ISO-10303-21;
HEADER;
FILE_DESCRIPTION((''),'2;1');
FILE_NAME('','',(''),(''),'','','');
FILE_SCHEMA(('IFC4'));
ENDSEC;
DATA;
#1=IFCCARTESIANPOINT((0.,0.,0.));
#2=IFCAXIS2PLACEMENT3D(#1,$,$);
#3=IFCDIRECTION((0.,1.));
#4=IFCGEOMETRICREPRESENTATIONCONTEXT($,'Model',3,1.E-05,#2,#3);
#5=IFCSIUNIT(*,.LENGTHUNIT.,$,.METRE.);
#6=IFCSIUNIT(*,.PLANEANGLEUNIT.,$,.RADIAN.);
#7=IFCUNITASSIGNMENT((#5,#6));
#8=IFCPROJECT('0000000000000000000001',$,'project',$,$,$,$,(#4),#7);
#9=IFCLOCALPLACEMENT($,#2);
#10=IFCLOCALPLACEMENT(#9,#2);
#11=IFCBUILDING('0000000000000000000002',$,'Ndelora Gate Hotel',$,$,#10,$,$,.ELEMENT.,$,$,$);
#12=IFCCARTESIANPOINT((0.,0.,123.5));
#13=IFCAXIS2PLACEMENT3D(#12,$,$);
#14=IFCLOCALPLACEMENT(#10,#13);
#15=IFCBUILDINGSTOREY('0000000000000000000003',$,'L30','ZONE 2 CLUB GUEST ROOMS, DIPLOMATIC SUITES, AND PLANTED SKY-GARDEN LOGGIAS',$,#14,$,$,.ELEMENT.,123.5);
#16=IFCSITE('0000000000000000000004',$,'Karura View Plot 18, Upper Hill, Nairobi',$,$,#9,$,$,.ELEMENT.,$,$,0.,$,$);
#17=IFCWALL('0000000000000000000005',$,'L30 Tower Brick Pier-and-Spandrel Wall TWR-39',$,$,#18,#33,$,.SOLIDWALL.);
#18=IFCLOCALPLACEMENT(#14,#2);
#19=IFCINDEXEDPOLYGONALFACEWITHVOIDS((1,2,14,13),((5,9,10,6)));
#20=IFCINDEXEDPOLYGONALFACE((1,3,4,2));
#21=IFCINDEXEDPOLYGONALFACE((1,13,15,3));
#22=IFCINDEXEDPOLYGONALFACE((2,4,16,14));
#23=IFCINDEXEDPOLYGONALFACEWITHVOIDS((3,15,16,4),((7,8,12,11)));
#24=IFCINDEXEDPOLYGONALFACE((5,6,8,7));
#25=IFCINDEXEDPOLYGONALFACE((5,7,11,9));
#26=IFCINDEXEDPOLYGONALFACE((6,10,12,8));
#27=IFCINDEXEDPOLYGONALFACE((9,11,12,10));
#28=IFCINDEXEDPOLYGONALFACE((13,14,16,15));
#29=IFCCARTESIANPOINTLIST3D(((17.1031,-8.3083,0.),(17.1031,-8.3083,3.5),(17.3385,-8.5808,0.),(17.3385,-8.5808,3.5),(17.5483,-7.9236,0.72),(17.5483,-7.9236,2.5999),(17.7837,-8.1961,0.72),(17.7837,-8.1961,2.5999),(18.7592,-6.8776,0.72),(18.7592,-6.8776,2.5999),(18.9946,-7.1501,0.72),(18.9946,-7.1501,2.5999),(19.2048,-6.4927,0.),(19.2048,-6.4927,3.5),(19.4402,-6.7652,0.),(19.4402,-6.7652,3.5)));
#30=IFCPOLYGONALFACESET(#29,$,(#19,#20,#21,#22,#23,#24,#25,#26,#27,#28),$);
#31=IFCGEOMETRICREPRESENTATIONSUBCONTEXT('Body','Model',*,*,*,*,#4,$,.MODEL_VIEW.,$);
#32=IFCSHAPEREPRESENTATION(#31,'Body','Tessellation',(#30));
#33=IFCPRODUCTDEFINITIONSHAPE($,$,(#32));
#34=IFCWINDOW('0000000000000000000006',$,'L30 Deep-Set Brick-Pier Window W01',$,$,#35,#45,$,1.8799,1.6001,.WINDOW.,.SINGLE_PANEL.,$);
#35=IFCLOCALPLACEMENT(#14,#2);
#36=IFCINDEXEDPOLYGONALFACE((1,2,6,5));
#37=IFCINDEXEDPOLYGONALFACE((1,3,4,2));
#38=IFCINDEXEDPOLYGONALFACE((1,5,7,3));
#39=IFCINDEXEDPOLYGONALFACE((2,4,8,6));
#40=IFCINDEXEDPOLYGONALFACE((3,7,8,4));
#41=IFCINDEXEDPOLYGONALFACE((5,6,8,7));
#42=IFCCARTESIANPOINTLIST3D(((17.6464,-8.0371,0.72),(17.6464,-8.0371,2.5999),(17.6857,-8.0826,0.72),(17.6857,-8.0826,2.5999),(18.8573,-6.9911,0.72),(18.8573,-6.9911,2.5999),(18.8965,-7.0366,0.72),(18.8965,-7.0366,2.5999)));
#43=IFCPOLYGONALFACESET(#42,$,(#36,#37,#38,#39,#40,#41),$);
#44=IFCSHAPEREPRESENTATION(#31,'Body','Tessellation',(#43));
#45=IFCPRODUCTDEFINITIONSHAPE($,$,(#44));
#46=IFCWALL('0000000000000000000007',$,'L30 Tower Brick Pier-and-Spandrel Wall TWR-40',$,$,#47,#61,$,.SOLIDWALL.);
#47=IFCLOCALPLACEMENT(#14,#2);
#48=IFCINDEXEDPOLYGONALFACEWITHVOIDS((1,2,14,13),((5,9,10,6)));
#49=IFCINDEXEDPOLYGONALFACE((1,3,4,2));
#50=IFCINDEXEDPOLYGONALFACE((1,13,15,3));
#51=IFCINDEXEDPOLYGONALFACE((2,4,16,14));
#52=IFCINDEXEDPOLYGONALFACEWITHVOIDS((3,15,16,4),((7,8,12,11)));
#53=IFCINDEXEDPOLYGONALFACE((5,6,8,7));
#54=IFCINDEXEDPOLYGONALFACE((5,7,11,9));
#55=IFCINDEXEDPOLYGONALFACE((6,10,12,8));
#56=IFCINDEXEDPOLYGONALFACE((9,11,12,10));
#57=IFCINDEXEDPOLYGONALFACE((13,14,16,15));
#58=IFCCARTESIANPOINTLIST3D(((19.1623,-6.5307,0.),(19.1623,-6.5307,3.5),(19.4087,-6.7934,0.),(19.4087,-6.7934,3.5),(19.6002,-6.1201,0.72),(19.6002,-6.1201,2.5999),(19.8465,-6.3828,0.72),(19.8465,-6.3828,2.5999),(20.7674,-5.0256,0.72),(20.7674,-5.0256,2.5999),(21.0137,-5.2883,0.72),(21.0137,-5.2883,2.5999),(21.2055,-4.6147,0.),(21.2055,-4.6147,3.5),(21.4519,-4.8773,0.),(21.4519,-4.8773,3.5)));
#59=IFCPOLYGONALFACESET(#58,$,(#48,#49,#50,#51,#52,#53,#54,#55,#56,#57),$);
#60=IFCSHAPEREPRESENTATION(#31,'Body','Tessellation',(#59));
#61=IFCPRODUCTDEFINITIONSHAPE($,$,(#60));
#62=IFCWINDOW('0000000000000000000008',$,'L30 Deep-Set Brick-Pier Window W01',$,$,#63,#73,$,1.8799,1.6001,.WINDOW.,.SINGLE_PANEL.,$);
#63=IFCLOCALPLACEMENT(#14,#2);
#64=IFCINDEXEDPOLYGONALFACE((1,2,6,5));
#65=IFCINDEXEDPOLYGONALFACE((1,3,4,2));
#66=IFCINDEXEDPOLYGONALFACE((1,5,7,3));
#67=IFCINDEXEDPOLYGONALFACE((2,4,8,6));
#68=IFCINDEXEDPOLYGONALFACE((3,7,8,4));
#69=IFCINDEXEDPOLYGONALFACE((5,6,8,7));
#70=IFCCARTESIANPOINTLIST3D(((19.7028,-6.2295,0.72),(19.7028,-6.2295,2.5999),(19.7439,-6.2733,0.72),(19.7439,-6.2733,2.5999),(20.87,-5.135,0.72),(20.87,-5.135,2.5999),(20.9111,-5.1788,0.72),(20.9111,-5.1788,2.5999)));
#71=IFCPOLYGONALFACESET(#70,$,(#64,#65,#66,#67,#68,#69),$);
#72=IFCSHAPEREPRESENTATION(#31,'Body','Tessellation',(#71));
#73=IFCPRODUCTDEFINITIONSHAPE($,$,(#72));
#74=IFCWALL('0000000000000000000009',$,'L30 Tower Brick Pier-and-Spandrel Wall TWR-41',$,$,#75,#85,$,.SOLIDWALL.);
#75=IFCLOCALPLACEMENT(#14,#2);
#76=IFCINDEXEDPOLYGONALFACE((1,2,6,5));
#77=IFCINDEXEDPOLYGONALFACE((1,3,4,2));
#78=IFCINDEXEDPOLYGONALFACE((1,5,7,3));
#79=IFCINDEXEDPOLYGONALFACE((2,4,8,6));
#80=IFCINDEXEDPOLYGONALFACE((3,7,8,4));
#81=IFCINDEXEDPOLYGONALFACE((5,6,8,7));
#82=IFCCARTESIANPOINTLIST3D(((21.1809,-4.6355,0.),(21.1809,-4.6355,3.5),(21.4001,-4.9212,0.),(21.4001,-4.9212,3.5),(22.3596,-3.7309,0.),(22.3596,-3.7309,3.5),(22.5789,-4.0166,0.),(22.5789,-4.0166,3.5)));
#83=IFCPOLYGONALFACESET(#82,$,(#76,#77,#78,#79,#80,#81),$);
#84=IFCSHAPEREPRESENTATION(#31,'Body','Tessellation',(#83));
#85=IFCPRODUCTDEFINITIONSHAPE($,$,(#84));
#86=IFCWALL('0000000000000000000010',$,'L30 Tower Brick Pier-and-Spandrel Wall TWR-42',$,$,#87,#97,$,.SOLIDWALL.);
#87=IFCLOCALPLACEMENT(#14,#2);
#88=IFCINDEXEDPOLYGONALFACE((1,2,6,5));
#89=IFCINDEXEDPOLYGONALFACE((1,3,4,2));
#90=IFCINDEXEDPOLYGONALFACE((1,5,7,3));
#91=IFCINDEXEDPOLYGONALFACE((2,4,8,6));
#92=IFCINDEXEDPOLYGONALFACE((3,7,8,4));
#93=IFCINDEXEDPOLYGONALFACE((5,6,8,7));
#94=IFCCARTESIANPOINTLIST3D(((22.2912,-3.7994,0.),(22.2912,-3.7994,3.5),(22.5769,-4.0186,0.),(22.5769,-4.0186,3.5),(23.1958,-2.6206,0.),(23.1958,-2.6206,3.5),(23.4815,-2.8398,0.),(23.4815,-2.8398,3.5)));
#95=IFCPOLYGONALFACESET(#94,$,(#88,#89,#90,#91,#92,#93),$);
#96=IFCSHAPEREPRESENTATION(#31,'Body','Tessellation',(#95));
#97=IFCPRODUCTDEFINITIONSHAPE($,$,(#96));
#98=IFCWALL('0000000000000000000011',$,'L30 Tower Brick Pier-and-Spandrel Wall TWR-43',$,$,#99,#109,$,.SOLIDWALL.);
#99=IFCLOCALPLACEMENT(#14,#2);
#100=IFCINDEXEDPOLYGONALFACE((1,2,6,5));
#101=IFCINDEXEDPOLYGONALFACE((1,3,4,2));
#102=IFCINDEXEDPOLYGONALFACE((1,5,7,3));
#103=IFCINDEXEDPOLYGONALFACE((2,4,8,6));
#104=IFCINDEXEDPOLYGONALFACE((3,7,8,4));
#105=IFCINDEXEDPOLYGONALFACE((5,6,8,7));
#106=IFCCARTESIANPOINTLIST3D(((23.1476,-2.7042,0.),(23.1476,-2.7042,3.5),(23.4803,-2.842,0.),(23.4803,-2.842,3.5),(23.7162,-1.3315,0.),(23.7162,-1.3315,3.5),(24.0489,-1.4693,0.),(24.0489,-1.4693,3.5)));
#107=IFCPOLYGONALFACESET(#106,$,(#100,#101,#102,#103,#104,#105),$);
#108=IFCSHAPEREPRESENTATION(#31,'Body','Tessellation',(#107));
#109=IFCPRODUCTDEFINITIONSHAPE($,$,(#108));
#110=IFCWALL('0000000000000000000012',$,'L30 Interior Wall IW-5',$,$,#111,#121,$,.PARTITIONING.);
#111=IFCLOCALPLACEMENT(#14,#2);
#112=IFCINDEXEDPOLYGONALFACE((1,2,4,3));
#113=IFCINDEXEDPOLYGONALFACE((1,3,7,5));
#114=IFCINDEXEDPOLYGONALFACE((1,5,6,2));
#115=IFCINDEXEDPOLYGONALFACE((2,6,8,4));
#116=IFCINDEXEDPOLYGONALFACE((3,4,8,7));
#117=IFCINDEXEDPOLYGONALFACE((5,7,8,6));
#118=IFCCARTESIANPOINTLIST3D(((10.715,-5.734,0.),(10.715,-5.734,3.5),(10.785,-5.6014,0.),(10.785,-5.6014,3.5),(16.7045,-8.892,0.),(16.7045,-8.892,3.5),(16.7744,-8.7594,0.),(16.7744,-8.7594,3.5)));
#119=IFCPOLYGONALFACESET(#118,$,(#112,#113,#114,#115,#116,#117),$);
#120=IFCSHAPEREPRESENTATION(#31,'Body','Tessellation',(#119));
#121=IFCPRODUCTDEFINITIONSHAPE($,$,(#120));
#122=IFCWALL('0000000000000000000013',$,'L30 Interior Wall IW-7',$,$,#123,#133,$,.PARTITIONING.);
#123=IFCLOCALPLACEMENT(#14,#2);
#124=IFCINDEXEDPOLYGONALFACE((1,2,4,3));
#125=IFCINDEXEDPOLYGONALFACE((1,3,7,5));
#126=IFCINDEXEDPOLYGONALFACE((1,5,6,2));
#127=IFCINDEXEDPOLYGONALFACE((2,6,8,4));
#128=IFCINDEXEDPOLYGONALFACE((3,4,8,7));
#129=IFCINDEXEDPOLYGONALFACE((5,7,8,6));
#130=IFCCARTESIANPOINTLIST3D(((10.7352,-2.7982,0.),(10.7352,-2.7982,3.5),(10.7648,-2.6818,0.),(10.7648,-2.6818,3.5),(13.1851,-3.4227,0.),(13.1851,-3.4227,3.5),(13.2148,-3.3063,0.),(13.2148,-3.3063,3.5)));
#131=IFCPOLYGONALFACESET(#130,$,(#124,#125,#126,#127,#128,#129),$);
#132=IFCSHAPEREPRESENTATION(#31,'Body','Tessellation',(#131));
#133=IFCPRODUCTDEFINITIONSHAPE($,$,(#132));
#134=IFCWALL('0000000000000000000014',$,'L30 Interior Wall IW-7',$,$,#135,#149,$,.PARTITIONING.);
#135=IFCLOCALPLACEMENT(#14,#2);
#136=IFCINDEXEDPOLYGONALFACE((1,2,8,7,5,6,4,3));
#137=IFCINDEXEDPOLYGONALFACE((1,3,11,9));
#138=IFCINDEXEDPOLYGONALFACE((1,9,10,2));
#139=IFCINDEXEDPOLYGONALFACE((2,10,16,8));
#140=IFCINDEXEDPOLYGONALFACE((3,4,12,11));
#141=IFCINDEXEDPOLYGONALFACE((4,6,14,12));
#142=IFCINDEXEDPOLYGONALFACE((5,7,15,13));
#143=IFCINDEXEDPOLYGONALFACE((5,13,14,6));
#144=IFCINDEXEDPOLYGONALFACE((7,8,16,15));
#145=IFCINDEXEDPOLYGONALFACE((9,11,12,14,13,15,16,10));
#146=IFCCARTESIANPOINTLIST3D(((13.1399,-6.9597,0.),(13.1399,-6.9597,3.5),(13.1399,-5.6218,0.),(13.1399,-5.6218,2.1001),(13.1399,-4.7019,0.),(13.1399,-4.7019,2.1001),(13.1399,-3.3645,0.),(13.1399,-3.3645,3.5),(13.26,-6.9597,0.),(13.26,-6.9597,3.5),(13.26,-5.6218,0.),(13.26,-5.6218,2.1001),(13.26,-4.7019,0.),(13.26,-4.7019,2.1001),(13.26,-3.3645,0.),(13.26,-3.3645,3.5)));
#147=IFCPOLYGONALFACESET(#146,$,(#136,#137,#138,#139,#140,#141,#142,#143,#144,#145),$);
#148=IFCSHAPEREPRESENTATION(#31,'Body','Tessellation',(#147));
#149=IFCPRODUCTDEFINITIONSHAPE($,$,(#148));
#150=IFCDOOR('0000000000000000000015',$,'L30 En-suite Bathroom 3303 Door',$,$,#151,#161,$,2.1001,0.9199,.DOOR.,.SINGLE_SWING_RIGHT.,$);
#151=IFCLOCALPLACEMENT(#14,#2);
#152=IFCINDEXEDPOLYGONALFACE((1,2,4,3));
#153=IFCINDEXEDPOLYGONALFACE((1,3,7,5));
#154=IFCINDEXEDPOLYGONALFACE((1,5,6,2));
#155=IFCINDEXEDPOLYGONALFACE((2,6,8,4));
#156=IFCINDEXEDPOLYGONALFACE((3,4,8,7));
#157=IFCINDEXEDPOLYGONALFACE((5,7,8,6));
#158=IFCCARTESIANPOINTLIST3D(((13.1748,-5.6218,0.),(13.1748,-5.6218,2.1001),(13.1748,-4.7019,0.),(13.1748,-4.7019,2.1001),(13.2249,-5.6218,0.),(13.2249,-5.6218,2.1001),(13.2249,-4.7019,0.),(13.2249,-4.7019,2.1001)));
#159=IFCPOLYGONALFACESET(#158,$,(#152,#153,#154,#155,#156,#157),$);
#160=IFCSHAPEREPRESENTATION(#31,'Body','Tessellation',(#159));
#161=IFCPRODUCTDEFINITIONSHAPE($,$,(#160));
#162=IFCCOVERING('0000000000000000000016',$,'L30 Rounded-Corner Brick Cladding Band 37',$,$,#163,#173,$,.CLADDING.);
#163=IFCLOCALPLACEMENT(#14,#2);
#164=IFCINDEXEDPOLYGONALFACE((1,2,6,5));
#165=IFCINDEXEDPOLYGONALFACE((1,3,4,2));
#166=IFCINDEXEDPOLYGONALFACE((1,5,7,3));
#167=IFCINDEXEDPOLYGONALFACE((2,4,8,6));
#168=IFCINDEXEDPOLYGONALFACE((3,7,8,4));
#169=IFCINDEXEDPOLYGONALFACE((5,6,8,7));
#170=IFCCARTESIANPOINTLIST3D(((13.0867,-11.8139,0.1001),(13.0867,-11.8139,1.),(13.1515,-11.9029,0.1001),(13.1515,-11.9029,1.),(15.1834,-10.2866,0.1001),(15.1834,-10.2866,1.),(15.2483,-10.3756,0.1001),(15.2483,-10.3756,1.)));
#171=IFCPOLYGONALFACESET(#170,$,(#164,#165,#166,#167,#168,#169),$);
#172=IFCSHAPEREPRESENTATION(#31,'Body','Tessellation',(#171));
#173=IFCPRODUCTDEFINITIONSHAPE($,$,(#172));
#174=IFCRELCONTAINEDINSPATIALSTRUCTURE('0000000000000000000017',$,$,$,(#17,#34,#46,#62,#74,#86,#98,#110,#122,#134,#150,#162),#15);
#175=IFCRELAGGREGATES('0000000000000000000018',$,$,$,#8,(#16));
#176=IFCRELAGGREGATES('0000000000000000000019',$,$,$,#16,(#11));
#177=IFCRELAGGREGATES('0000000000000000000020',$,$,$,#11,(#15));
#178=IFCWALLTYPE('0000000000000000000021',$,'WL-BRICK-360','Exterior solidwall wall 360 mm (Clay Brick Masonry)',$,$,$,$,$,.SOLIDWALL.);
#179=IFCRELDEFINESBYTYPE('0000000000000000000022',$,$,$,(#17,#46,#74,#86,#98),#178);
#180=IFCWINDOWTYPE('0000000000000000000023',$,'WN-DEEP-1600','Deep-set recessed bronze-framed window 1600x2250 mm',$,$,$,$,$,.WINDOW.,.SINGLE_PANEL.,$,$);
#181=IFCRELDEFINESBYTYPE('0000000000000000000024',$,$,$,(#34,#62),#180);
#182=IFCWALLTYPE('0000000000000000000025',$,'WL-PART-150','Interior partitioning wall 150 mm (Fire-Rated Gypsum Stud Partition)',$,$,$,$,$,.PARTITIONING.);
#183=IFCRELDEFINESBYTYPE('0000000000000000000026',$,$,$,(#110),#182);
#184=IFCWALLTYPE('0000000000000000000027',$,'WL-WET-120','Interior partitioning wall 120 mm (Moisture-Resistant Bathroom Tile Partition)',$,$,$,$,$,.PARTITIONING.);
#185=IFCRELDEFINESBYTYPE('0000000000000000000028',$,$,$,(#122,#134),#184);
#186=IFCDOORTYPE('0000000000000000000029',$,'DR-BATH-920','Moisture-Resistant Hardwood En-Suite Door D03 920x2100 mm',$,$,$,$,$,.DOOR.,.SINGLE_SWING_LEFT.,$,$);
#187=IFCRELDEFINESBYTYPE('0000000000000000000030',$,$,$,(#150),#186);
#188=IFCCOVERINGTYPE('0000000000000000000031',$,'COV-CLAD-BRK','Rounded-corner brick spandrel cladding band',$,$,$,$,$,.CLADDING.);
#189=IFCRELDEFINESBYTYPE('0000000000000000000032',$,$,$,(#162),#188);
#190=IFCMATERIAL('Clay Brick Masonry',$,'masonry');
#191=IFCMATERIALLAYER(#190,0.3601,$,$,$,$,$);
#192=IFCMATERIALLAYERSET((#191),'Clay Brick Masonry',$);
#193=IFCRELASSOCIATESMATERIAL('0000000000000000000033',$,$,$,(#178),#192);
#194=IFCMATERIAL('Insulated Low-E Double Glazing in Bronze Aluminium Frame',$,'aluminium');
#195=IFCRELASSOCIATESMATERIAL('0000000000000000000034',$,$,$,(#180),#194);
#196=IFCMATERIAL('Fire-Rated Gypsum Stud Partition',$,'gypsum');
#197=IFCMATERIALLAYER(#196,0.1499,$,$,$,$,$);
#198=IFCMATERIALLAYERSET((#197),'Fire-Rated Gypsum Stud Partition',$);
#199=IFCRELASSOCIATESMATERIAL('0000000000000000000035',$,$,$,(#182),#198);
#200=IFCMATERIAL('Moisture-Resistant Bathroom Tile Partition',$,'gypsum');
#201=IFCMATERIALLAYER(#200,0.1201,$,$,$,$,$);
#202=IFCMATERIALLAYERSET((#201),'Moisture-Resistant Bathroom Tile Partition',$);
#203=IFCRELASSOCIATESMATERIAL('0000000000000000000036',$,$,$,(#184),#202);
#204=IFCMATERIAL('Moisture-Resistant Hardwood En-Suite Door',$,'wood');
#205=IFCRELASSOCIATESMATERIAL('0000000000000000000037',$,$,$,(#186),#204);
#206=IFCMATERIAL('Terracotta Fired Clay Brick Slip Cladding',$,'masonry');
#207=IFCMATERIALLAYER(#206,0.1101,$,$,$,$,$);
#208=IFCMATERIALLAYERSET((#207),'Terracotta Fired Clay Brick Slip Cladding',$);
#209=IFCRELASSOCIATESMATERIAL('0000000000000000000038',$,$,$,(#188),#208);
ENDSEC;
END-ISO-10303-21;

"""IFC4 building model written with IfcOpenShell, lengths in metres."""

from ifc_helpers import new_model, si_unit, direction, frame, frame_2d, origin, origin_2d, place, context, subcontext, project, spatial, rectangle, extrude, material, layer, layer_set, type_object, element, fill, save


model = new_model("IFC4")

# Units and contexts
model_context = context("Model", 3, precision=1e-05, world=origin(), true_north=direction((0.0, 1.0)))
body_context = subcontext(model_context, "Body", "Model", "MODEL_VIEW")
ifc_project = project(units=[si_unit("LENGTHUNIT", "METRE"), si_unit("PLANEANGLEUNIT", "RADIAN")], contexts=[model_context])

# Site, building, storey
site_placement = place(None, origin())
site = spatial("IfcSite", under=ifc_project, at=site_placement, Name="Karura View Plot 18, Upper Hill, Nairobi", CompositionType="ELEMENT", RefElevation=0.0)
building_placement = place(site_placement, origin())
building = spatial("IfcBuilding", under=site, at=building_placement, Name="Ndelora Gate Hotel", CompositionType="ELEMENT")
storey_placement = place(building_placement, frame((0.0, 0.0, 123.5)))
storey = spatial("IfcBuildingStorey", under=building, at=storey_placement, Name="L30", Description="ZONE 2 CLUB GUEST ROOMS, DIPLOMATIC SUITES, AND PLANTED SKY-GARDEN LOGGIAS", CompositionType="ELEMENT", Elevation=123.5)

# Shared definitions
ifc_material_1 = material(Name="Clay Brick Masonry", Category="masonry")
ifc_layer_1 = layer(ifc_material_1, 0.3601)
ifc_layer_set_1 = layer_set([ifc_layer_1], Name="Clay Brick Masonry")
wall_type_1 = type_object("IfcWallType", Name="WL-BRICK-360", Description="Exterior solidwall wall 360 mm (Clay Brick Masonry)", PredefinedType="SOLIDWALL", material=ifc_layer_set_1)

# Shared definitions
ifc_material_2 = material(Name="Insulated Low-E Double Glazing in Bronze Aluminium Frame", Category="aluminium")

# Walls, openings, windows
wall_1_placement = place(storey_placement, frame((19.3225, -6.6289, 0.0), z_axis=(0.0, 0.0, 1.0), x_axis=(-0.756738, -0.653718, 0.0)))
wall_1 = element("IfcWall", 1, at=wall_1_placement, inside=storey, type_object=wall_type_1, Name="L30 Tower Brick Pier-and-Spandrel Wall TWR-39", PredefinedType="SOLIDWALL", context=body_context, shape_type="SweptSolid", body=[
    extrude(rectangle(XDim=2.7773, YDim=0.3601, at=frame_2d((1.3887, 0.0))), origin(), (0.0, 0.0, 1.0), 3.5),
])
opening_1_placement = place(wall_1_placement, frame((0.5889, 0.0, 0.72)))
opening_1 = element("IfcOpeningElement", 2, at=opening_1_placement, cuts=wall_1, PredefinedType="OPENING", context=body_context, shape_type="SweptSolid", body=[
    extrude(rectangle(XDim=1.6001, YDim=1.8799, at=frame_2d((0.8, 0.9399))), frame((0.0, 0.1899, 0.0), z_axis=(0.0, -1.0, 0.0), x_axis=(1.0, 0.0, 0.0)), (0.0, 0.0, 1.0), 0.3801),
])
window_type_1 = type_object("IfcWindowType", Name="WN-DEEP-1600", Description="Deep-set recessed bronze-framed window 1600x2250 mm", PartitioningType="SINGLE_PANEL", PredefinedType="WINDOW", material=ifc_material_2)
window_1_placement = place(opening_1_placement, origin())
window_1 = element("IfcWindow", 3, at=window_1_placement, inside=storey, type_object=window_type_1, Name="L30 Deep-Set Brick-Pier Window W01", OverallHeight=1.8799, OverallWidth=1.6001, PartitioningType="SINGLE_PANEL", PredefinedType="WINDOW", context=body_context, shape_type="SweptSolid", body=[
    extrude(rectangle(XDim=1.6001, YDim=1.8799, at=frame_2d((0.8, 0.9399))), frame((0.0, 0.03, 0.0), z_axis=(0.0, -1.0, 0.0), x_axis=(1.0, 0.0, 0.0)), (0.0, 0.0, 1.0), 0.0601),
])
fill(opening_1, window_1)
wall_2_placement = place(storey_placement, frame((21.3286, -4.7461, 0.0), z_axis=(0.0, 0.0, 1.0), x_axis=(-0.729448, -0.684037, 0.0)))
wall_2 = element("IfcWall", 4, at=wall_2_placement, inside=storey, type_object=wall_type_1, Name="L30 Tower Brick Pier-and-Spandrel Wall TWR-40", PredefinedType="SOLIDWALL", context=body_context, shape_type="SweptSolid", body=[
    extrude(rectangle(XDim=2.801, YDim=0.3601, at=frame_2d((1.4004, 0.0))), origin(), (0.0, 0.0, 1.0), 3.5),
])
opening_2_placement = place(wall_2_placement, frame((0.6006, 0.0, 0.72)))
opening_2 = element("IfcOpeningElement", 5, at=opening_2_placement, cuts=wall_2, PredefinedType="OPENING", context=body_context, shape_type="SweptSolid", body=[
    extrude(rectangle(XDim=1.6001, YDim=1.8799, at=frame_2d((0.8, 0.9399))), frame((0.0, 0.1899, 0.0), z_axis=(0.0, -1.0, 0.0), x_axis=(1.0, 0.0, 0.0)), (0.0, 0.0, 1.0), 0.3801),
])
window_2_placement = place(opening_2_placement, origin())
window_2 = element("IfcWindow", 6, at=window_2_placement, inside=storey, type_object=window_type_1, Name="L30 Deep-Set Brick-Pier Window W01", OverallHeight=1.8799, OverallWidth=1.6001, PartitioningType="SINGLE_PANEL", PredefinedType="WINDOW", context=body_context, shape_type="SweptSolid", body=[
    extrude(rectangle(XDim=1.6001, YDim=1.8799, at=frame_2d((0.8, 0.9399))), frame((0.0, 0.03, 0.0), z_axis=(0.0, -1.0, 0.0), x_axis=(1.0, 0.0, 0.0)), (0.0, 0.0, 1.0), 0.0601),
])
fill(opening_2, window_2)

# Walls
for number, where, z_axis, x_axis, name in (
    (7, (22.4692, -3.8738, 0.0), (0.0, 0.0, 1.0), (-0.793326, -0.608797, 0.0), "L30 Tower Brick Pier-and-Spandrel Wall TWR-41"),
    (8, (23.3386, -2.7302, 0.0), (0.0, 0.0, 1.0), (-0.608797, -0.793326, 0.0), "L30 Tower Brick Pier-and-Spandrel Wall TWR-42"),
    (9, (23.8826, -1.4004, 0.0), (0.0, 0.0, 1.0), (-0.382666, -0.923887, 0.0), "L30 Tower Brick Pier-and-Spandrel Wall TWR-43"),
):
    element("IfcWall", number, at=place(storey_placement, frame(where, z_axis=z_axis, x_axis=x_axis)), inside=storey, type_object=wall_type_1, Name=name, PredefinedType="SOLIDWALL", context=body_context, shape_type="SweptSolid", body=[
        extrude(rectangle(XDim=1.4858, YDim=0.3601, at=frame_2d((0.7429, 0.0))), origin(), (0.0, 0.0, 1.0), 3.5),
    ])

# Shared definitions
ifc_material_3 = material(Name="Fire-Rated Gypsum Stud Partition", Category="gypsum")
ifc_layer_2 = layer(ifc_material_3, 0.1499)
ifc_layer_set_2 = layer_set([ifc_layer_2], Name="Fire-Rated Gypsum Stud Partition")
wall_type_2 = type_object("IfcWallType", Name="WL-PART-150", Description="Interior partitioning wall 150 mm (Fire-Rated Gypsum Stud Partition)", PredefinedType="PARTITIONING", material=ifc_layer_set_2)

# Walls
wall_3_placement = place(storey_placement, frame((10.75, -5.6677, 0.0), z_axis=(0.0, 0.0, 1.0), x_axis=(0.884578, -0.466393, 0.0)))
element("IfcWall", 10, at=wall_3_placement, inside=storey, type_object=wall_type_2, Name="L30 Interior Wall IW-5", PredefinedType="PARTITIONING", context=body_context, shape_type="SweptSolid", body=[
    extrude(rectangle(XDim=6.771, YDim=0.1499, at=frame_2d((3.3855, 0.0))), origin(), (0.0, 0.0, 1.0), 3.5),
])
ifc_material_4 = material(Name="Moisture-Resistant Bathroom Tile Partition", Category="gypsum")
ifc_layer_3 = layer(ifc_material_4, 0.1201)
ifc_layer_set_3 = layer_set([ifc_layer_3], Name="Moisture-Resistant Bathroom Tile Partition")
wall_type_3 = type_object("IfcWallType", Name="WL-WET-120", Description="Interior partitioning wall 120 mm (Moisture-Resistant Bathroom Tile Partition)", PredefinedType="PARTITIONING", material=ifc_layer_set_3)
wall_4_placement = place(storey_placement, frame((10.75, -2.74, 0.0), z_axis=(0.0, 0.0, 1.0), x_axis=(0.969013, -0.247009, 0.0)))
element("IfcWall", 11, at=wall_4_placement, inside=storey, type_object=wall_type_3, Name="L30 Interior Wall IW-7", PredefinedType="PARTITIONING", context=body_context, shape_type="SweptSolid", body=[
    extrude(rectangle(XDim=2.5283, YDim=0.1201, at=frame_2d((1.2642, 0.0))), origin(), (0.0, 0.0, 1.0), 3.5),
])

# Wall, opening, door
wall_5_placement = place(storey_placement, frame((13.2, -3.3645, 0.0), z_axis=(0.0, 0.0, 1.0), x_axis=(0.0, -1.0, 0.0)))
wall_5 = element("IfcWall", 12, at=wall_5_placement, inside=storey, type_object=wall_type_3, Name="L30 Interior Wall IW-7", PredefinedType="PARTITIONING", context=body_context, shape_type="SweptSolid", body=[
    extrude(rectangle(XDim=3.5952, YDim=0.1201, at=frame_2d((1.7976, 0.0))), origin(), (0.0, 0.0, 1.0), 3.5),
])
opening_3_placement = place(wall_5_placement, frame((1.3374, 0.0, 0.0)))
opening_3 = element("IfcOpeningElement", 13, at=opening_3_placement, cuts=wall_5, PredefinedType="OPENING", context=body_context, shape_type="SweptSolid", body=[
    extrude(rectangle(XDim=0.9199, YDim=2.1001, at=frame_2d((0.46, 1.05))), frame((0.0, 0.0701, 0.0), z_axis=(0.0, -1.0, 0.0), x_axis=(1.0, 0.0, 0.0)), (0.0, 0.0, 1.0), 0.1401),
])
ifc_material_5 = material(Name="Moisture-Resistant Hardwood En-Suite Door", Category="wood")
door_type_1 = type_object("IfcDoorType", Name="DR-BATH-920", Description="Moisture-Resistant Hardwood En-Suite Door D03 920x2100 mm", OperationType="SINGLE_SWING_LEFT", PredefinedType="DOOR", material=ifc_material_5)
door_1_placement = place(opening_3_placement, origin())
door_1 = element("IfcDoor", 14, at=door_1_placement, inside=storey, type_object=door_type_1, Name="L30 En-suite Bathroom 3303 Door", OperationType="SINGLE_SWING_RIGHT", OverallHeight=2.1001, OverallWidth=0.9199, PredefinedType="DOOR", context=body_context, shape_type="SweptSolid", body=[
    extrude(rectangle(XDim=0.9199, YDim=2.1001, at=frame_2d((0.46, 1.05))), frame((0.0, 0.0249, 0.0), z_axis=(0.0, -1.0, 0.0), x_axis=(1.0, 0.0, 0.0)), (0.0, 0.0, 1.0), 0.05),
])
fill(opening_3, door_1)

# Covering
ifc_material_6 = material(Name="Terracotta Fired Clay Brick Slip Cladding", Category="masonry")
ifc_layer_4 = layer(ifc_material_6, 0.1101)
ifc_layer_set_4 = layer_set([ifc_layer_4], Name="Terracotta Fired Clay Brick Slip Cladding")
covering_type_1 = type_object("IfcCoveringType", Name="COV-CLAD-BRK", Description="Rounded-corner brick spandrel cladding band", PredefinedType="CLADDING", material=ifc_layer_set_4)
covering_1_placement = place(storey_placement, frame((14.1675, -11.0947, 0.1001), z_axis=(0.0, 0.0, 1.0), x_axis=(0.808298, 0.588773, 0.0)))
element("IfcCovering", 15, at=covering_1_placement, inside=storey, type_object=covering_type_1, Name="L30 Rounded-Corner Brick Cladding Band 37", PredefinedType="CLADDING", context=body_context, shape_type="SweptSolid", body=[
    extrude(rectangle(XDim=2.594, YDim=0.1101, at=origin_2d()), origin(), (0.0, 0.0, 1.0), 0.8999),
])

save(model, "model.ifc")
